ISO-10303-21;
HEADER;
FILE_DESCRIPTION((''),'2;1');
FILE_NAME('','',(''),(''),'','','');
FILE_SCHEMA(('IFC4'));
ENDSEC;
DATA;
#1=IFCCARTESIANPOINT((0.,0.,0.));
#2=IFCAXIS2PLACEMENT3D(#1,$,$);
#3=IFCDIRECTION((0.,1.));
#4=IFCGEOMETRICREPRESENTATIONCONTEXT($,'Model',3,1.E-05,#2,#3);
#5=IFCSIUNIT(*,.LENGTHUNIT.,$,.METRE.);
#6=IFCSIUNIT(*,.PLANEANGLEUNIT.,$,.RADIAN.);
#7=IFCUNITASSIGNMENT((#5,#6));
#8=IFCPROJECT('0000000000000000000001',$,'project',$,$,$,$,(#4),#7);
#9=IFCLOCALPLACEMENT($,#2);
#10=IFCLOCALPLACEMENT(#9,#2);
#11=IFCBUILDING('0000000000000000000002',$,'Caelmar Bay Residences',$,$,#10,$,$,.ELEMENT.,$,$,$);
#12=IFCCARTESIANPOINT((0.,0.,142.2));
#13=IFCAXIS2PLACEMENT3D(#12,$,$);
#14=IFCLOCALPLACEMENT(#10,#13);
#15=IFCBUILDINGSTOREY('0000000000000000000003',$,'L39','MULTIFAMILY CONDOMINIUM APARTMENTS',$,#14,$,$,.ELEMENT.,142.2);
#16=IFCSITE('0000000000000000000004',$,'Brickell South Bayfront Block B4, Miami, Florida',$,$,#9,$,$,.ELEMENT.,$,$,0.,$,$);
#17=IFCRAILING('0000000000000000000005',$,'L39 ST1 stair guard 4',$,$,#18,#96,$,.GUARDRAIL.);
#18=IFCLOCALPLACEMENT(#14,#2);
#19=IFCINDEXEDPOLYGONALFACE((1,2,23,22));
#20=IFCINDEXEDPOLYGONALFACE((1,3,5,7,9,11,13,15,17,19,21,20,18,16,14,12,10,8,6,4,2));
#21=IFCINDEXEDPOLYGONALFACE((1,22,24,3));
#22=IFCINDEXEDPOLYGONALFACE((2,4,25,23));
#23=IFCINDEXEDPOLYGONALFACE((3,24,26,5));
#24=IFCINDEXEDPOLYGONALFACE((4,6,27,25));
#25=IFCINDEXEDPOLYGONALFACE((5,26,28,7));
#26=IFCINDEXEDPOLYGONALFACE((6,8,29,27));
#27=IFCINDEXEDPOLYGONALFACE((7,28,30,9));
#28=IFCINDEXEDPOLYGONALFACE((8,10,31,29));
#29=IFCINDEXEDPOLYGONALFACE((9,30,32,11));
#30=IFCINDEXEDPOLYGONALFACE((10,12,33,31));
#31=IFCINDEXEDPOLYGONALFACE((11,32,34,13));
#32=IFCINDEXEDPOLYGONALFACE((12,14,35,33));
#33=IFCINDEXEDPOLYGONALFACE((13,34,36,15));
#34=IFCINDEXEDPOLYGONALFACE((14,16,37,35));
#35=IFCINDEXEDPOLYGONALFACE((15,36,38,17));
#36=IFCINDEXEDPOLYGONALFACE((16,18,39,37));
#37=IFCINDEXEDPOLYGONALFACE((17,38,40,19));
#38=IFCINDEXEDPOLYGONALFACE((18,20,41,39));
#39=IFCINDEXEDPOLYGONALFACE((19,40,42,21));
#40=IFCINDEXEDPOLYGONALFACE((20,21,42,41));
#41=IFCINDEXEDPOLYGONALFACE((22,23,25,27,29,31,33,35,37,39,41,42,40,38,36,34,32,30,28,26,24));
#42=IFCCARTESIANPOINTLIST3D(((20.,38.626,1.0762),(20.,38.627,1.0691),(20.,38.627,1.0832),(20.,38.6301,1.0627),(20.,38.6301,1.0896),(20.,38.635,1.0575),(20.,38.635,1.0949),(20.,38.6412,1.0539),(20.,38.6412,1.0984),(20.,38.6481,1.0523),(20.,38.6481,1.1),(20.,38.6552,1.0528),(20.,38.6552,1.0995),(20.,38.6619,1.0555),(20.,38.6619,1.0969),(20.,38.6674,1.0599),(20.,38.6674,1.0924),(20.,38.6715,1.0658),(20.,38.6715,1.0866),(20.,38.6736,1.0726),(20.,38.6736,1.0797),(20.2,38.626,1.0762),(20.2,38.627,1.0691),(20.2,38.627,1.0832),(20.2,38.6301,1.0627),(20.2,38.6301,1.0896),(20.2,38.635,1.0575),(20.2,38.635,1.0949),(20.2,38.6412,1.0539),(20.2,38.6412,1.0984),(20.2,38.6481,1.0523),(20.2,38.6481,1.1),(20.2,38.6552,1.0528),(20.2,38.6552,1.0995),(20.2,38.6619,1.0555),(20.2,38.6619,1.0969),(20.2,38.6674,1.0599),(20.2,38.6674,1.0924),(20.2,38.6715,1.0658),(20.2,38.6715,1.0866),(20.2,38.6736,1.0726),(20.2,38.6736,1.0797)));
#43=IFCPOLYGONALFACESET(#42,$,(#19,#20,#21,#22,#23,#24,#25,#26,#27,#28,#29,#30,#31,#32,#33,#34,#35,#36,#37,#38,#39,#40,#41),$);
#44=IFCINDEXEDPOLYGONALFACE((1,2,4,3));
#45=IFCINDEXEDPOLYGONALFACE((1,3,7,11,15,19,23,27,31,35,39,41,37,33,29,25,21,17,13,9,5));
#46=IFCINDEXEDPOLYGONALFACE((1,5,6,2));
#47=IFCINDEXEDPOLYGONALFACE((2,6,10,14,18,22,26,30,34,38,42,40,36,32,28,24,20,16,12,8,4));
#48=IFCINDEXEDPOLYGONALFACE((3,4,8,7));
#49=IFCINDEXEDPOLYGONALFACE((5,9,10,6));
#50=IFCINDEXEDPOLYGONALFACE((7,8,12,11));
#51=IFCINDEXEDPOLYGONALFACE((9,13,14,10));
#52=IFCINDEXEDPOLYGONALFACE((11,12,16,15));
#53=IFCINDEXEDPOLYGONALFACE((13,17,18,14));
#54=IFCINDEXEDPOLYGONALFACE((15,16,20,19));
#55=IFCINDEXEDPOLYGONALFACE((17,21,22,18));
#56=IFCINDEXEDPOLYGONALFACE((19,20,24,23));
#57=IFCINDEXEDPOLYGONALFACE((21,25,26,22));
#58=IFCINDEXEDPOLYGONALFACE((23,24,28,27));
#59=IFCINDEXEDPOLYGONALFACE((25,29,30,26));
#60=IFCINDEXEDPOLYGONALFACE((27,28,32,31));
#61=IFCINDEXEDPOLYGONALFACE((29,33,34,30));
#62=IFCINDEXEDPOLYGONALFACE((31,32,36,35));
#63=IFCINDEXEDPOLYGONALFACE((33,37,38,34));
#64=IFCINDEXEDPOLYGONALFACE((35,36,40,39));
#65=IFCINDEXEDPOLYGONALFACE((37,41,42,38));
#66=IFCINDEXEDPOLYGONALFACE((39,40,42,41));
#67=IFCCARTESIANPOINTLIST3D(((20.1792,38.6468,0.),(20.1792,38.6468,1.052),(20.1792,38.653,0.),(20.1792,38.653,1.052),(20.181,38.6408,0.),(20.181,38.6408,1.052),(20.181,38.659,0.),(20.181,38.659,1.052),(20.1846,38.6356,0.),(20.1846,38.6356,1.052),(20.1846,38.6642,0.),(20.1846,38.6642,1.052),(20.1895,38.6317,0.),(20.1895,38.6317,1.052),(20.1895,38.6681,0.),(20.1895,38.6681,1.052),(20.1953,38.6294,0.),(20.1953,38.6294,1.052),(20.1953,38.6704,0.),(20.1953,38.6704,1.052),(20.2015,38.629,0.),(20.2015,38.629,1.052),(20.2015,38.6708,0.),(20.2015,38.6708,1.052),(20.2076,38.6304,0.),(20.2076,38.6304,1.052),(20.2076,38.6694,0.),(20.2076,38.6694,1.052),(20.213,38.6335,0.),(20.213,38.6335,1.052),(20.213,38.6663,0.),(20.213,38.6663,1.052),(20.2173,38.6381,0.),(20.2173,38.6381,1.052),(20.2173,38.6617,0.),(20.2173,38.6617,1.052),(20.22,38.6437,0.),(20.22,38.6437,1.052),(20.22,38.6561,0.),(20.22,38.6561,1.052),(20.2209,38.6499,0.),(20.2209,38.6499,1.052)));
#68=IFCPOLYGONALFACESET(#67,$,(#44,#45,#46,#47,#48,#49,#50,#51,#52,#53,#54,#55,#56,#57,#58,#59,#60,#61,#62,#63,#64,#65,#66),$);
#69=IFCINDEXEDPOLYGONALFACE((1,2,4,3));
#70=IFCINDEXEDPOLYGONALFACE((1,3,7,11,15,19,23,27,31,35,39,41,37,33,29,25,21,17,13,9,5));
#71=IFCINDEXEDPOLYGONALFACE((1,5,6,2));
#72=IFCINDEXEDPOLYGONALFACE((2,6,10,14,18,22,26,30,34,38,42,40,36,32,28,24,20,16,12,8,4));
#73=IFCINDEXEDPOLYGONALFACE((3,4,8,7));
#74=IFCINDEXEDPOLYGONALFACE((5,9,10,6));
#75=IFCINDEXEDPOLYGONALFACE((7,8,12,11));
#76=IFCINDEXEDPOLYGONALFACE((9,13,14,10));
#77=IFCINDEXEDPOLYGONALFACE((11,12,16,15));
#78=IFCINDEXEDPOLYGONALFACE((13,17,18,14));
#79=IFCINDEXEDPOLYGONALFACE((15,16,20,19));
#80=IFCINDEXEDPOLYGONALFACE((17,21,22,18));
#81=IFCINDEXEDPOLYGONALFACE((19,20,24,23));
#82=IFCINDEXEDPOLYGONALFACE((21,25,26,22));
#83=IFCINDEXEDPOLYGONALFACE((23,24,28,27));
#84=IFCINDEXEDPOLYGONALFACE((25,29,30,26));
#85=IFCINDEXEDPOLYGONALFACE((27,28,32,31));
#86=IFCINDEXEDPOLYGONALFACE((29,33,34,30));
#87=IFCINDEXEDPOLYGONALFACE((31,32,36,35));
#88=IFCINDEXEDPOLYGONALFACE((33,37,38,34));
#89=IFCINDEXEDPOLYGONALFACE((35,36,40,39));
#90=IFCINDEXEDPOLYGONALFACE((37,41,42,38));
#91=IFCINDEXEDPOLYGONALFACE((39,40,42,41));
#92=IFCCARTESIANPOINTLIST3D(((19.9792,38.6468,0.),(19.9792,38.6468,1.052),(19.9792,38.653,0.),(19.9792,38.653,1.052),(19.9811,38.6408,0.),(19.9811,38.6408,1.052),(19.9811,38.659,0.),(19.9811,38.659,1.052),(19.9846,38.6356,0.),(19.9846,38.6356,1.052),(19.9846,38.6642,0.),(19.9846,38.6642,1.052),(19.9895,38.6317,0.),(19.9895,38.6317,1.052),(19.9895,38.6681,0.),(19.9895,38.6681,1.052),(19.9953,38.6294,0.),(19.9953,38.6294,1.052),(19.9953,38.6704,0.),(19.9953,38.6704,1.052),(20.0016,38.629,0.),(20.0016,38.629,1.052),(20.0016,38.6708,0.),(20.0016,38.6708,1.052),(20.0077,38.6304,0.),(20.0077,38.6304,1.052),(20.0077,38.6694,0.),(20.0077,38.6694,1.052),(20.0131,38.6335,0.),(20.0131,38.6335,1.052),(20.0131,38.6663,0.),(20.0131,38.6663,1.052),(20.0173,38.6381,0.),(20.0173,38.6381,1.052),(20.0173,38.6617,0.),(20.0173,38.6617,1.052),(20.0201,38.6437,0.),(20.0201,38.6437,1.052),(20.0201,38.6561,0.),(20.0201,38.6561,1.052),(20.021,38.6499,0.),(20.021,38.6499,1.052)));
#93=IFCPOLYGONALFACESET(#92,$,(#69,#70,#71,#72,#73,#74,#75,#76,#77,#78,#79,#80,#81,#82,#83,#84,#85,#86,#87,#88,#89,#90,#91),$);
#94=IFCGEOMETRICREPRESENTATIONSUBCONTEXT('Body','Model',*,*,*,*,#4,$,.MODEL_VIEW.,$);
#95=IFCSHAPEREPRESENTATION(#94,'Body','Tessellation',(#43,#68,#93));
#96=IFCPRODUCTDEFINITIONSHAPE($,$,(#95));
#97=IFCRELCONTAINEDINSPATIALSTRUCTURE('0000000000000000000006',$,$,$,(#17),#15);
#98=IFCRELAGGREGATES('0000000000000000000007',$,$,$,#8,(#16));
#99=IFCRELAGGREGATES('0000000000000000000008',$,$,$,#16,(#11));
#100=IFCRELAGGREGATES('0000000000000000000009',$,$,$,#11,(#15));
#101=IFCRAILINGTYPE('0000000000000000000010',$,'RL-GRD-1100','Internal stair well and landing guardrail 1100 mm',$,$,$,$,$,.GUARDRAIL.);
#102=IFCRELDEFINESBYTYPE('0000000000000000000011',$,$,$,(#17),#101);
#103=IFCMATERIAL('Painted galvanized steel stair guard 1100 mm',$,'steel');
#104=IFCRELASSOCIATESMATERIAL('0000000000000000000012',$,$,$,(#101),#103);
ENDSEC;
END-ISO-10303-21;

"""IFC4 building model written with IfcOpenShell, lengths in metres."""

from ifc_helpers import new_model, si_unit, direction, frame, origin, origin_2d, place, context, subcontext, project, spatial, circle, extrude, material, type_object, element, save


model = new_model("IFC4")

# Units and contexts
model_context = context("Model", 3, precision=1e-05, world=origin(), true_north=direction((0.0, 1.0)))
body_context = subcontext(model_context, "Body", "Model", "MODEL_VIEW")
ifc_project = project(units=[si_unit("LENGTHUNIT", "METRE"), si_unit("PLANEANGLEUNIT", "RADIAN")], contexts=[model_context])

# Site, building, storey
site_placement = place(None, origin())
site = spatial("IfcSite", under=ifc_project, at=site_placement, Name="Brickell South Bayfront Block B4, Miami, Florida", CompositionType="ELEMENT", RefElevation=0.0)
building_placement = place(site_placement, origin())
building = spatial("IfcBuilding", under=site, at=building_placement, Name="Caelmar Bay Residences", CompositionType="ELEMENT")
storey_placement = place(building_placement, frame((0.0, 0.0, 142.2)))
storey = spatial("IfcBuildingStorey", under=building, at=storey_placement, Name="L39", Description="MULTIFAMILY CONDOMINIUM APARTMENTS", CompositionType="ELEMENT", Elevation=142.2)

# Railing
ifc_material_1 = material(Name="Painted galvanized steel stair guard 1100 mm", Category="steel")
railing_type_1 = type_object("IfcRailingType", Name="RL-GRD-1100", Description="Internal stair well and landing guardrail 1100 mm", PredefinedType="GUARDRAIL", material=ifc_material_1)
railing_1_placement = place(storey_placement, frame((20.2, 38.6499, 0.0)))
element("IfcRailing", 1, at=railing_1_placement, inside=storey, type_object=railing_type_1, Name="L39 ST1 stair guard 4", PredefinedType="GUARDRAIL", context=body_context, shape_type="SweptSolid", body=[
    extrude(circle(Radius=0.0239, at=origin_2d()), frame((0.0, 0.0, 1.0762), z_axis=(-1.0, 0.0, 0.0), x_axis=(0.0, -1.0, 0.0)), (0.0, 0.0, 1.0), 0.2),
    extrude(circle(Radius=0.021, at=origin_2d()), origin(), (0.0, 0.0, 1.0), 1.052),
    extrude(circle(Radius=0.021, at=origin_2d()), frame((-0.2, 0.0, 0.0)), (0.0, 0.0, 1.0), 1.052),
])

save(model, "model.ifc")
